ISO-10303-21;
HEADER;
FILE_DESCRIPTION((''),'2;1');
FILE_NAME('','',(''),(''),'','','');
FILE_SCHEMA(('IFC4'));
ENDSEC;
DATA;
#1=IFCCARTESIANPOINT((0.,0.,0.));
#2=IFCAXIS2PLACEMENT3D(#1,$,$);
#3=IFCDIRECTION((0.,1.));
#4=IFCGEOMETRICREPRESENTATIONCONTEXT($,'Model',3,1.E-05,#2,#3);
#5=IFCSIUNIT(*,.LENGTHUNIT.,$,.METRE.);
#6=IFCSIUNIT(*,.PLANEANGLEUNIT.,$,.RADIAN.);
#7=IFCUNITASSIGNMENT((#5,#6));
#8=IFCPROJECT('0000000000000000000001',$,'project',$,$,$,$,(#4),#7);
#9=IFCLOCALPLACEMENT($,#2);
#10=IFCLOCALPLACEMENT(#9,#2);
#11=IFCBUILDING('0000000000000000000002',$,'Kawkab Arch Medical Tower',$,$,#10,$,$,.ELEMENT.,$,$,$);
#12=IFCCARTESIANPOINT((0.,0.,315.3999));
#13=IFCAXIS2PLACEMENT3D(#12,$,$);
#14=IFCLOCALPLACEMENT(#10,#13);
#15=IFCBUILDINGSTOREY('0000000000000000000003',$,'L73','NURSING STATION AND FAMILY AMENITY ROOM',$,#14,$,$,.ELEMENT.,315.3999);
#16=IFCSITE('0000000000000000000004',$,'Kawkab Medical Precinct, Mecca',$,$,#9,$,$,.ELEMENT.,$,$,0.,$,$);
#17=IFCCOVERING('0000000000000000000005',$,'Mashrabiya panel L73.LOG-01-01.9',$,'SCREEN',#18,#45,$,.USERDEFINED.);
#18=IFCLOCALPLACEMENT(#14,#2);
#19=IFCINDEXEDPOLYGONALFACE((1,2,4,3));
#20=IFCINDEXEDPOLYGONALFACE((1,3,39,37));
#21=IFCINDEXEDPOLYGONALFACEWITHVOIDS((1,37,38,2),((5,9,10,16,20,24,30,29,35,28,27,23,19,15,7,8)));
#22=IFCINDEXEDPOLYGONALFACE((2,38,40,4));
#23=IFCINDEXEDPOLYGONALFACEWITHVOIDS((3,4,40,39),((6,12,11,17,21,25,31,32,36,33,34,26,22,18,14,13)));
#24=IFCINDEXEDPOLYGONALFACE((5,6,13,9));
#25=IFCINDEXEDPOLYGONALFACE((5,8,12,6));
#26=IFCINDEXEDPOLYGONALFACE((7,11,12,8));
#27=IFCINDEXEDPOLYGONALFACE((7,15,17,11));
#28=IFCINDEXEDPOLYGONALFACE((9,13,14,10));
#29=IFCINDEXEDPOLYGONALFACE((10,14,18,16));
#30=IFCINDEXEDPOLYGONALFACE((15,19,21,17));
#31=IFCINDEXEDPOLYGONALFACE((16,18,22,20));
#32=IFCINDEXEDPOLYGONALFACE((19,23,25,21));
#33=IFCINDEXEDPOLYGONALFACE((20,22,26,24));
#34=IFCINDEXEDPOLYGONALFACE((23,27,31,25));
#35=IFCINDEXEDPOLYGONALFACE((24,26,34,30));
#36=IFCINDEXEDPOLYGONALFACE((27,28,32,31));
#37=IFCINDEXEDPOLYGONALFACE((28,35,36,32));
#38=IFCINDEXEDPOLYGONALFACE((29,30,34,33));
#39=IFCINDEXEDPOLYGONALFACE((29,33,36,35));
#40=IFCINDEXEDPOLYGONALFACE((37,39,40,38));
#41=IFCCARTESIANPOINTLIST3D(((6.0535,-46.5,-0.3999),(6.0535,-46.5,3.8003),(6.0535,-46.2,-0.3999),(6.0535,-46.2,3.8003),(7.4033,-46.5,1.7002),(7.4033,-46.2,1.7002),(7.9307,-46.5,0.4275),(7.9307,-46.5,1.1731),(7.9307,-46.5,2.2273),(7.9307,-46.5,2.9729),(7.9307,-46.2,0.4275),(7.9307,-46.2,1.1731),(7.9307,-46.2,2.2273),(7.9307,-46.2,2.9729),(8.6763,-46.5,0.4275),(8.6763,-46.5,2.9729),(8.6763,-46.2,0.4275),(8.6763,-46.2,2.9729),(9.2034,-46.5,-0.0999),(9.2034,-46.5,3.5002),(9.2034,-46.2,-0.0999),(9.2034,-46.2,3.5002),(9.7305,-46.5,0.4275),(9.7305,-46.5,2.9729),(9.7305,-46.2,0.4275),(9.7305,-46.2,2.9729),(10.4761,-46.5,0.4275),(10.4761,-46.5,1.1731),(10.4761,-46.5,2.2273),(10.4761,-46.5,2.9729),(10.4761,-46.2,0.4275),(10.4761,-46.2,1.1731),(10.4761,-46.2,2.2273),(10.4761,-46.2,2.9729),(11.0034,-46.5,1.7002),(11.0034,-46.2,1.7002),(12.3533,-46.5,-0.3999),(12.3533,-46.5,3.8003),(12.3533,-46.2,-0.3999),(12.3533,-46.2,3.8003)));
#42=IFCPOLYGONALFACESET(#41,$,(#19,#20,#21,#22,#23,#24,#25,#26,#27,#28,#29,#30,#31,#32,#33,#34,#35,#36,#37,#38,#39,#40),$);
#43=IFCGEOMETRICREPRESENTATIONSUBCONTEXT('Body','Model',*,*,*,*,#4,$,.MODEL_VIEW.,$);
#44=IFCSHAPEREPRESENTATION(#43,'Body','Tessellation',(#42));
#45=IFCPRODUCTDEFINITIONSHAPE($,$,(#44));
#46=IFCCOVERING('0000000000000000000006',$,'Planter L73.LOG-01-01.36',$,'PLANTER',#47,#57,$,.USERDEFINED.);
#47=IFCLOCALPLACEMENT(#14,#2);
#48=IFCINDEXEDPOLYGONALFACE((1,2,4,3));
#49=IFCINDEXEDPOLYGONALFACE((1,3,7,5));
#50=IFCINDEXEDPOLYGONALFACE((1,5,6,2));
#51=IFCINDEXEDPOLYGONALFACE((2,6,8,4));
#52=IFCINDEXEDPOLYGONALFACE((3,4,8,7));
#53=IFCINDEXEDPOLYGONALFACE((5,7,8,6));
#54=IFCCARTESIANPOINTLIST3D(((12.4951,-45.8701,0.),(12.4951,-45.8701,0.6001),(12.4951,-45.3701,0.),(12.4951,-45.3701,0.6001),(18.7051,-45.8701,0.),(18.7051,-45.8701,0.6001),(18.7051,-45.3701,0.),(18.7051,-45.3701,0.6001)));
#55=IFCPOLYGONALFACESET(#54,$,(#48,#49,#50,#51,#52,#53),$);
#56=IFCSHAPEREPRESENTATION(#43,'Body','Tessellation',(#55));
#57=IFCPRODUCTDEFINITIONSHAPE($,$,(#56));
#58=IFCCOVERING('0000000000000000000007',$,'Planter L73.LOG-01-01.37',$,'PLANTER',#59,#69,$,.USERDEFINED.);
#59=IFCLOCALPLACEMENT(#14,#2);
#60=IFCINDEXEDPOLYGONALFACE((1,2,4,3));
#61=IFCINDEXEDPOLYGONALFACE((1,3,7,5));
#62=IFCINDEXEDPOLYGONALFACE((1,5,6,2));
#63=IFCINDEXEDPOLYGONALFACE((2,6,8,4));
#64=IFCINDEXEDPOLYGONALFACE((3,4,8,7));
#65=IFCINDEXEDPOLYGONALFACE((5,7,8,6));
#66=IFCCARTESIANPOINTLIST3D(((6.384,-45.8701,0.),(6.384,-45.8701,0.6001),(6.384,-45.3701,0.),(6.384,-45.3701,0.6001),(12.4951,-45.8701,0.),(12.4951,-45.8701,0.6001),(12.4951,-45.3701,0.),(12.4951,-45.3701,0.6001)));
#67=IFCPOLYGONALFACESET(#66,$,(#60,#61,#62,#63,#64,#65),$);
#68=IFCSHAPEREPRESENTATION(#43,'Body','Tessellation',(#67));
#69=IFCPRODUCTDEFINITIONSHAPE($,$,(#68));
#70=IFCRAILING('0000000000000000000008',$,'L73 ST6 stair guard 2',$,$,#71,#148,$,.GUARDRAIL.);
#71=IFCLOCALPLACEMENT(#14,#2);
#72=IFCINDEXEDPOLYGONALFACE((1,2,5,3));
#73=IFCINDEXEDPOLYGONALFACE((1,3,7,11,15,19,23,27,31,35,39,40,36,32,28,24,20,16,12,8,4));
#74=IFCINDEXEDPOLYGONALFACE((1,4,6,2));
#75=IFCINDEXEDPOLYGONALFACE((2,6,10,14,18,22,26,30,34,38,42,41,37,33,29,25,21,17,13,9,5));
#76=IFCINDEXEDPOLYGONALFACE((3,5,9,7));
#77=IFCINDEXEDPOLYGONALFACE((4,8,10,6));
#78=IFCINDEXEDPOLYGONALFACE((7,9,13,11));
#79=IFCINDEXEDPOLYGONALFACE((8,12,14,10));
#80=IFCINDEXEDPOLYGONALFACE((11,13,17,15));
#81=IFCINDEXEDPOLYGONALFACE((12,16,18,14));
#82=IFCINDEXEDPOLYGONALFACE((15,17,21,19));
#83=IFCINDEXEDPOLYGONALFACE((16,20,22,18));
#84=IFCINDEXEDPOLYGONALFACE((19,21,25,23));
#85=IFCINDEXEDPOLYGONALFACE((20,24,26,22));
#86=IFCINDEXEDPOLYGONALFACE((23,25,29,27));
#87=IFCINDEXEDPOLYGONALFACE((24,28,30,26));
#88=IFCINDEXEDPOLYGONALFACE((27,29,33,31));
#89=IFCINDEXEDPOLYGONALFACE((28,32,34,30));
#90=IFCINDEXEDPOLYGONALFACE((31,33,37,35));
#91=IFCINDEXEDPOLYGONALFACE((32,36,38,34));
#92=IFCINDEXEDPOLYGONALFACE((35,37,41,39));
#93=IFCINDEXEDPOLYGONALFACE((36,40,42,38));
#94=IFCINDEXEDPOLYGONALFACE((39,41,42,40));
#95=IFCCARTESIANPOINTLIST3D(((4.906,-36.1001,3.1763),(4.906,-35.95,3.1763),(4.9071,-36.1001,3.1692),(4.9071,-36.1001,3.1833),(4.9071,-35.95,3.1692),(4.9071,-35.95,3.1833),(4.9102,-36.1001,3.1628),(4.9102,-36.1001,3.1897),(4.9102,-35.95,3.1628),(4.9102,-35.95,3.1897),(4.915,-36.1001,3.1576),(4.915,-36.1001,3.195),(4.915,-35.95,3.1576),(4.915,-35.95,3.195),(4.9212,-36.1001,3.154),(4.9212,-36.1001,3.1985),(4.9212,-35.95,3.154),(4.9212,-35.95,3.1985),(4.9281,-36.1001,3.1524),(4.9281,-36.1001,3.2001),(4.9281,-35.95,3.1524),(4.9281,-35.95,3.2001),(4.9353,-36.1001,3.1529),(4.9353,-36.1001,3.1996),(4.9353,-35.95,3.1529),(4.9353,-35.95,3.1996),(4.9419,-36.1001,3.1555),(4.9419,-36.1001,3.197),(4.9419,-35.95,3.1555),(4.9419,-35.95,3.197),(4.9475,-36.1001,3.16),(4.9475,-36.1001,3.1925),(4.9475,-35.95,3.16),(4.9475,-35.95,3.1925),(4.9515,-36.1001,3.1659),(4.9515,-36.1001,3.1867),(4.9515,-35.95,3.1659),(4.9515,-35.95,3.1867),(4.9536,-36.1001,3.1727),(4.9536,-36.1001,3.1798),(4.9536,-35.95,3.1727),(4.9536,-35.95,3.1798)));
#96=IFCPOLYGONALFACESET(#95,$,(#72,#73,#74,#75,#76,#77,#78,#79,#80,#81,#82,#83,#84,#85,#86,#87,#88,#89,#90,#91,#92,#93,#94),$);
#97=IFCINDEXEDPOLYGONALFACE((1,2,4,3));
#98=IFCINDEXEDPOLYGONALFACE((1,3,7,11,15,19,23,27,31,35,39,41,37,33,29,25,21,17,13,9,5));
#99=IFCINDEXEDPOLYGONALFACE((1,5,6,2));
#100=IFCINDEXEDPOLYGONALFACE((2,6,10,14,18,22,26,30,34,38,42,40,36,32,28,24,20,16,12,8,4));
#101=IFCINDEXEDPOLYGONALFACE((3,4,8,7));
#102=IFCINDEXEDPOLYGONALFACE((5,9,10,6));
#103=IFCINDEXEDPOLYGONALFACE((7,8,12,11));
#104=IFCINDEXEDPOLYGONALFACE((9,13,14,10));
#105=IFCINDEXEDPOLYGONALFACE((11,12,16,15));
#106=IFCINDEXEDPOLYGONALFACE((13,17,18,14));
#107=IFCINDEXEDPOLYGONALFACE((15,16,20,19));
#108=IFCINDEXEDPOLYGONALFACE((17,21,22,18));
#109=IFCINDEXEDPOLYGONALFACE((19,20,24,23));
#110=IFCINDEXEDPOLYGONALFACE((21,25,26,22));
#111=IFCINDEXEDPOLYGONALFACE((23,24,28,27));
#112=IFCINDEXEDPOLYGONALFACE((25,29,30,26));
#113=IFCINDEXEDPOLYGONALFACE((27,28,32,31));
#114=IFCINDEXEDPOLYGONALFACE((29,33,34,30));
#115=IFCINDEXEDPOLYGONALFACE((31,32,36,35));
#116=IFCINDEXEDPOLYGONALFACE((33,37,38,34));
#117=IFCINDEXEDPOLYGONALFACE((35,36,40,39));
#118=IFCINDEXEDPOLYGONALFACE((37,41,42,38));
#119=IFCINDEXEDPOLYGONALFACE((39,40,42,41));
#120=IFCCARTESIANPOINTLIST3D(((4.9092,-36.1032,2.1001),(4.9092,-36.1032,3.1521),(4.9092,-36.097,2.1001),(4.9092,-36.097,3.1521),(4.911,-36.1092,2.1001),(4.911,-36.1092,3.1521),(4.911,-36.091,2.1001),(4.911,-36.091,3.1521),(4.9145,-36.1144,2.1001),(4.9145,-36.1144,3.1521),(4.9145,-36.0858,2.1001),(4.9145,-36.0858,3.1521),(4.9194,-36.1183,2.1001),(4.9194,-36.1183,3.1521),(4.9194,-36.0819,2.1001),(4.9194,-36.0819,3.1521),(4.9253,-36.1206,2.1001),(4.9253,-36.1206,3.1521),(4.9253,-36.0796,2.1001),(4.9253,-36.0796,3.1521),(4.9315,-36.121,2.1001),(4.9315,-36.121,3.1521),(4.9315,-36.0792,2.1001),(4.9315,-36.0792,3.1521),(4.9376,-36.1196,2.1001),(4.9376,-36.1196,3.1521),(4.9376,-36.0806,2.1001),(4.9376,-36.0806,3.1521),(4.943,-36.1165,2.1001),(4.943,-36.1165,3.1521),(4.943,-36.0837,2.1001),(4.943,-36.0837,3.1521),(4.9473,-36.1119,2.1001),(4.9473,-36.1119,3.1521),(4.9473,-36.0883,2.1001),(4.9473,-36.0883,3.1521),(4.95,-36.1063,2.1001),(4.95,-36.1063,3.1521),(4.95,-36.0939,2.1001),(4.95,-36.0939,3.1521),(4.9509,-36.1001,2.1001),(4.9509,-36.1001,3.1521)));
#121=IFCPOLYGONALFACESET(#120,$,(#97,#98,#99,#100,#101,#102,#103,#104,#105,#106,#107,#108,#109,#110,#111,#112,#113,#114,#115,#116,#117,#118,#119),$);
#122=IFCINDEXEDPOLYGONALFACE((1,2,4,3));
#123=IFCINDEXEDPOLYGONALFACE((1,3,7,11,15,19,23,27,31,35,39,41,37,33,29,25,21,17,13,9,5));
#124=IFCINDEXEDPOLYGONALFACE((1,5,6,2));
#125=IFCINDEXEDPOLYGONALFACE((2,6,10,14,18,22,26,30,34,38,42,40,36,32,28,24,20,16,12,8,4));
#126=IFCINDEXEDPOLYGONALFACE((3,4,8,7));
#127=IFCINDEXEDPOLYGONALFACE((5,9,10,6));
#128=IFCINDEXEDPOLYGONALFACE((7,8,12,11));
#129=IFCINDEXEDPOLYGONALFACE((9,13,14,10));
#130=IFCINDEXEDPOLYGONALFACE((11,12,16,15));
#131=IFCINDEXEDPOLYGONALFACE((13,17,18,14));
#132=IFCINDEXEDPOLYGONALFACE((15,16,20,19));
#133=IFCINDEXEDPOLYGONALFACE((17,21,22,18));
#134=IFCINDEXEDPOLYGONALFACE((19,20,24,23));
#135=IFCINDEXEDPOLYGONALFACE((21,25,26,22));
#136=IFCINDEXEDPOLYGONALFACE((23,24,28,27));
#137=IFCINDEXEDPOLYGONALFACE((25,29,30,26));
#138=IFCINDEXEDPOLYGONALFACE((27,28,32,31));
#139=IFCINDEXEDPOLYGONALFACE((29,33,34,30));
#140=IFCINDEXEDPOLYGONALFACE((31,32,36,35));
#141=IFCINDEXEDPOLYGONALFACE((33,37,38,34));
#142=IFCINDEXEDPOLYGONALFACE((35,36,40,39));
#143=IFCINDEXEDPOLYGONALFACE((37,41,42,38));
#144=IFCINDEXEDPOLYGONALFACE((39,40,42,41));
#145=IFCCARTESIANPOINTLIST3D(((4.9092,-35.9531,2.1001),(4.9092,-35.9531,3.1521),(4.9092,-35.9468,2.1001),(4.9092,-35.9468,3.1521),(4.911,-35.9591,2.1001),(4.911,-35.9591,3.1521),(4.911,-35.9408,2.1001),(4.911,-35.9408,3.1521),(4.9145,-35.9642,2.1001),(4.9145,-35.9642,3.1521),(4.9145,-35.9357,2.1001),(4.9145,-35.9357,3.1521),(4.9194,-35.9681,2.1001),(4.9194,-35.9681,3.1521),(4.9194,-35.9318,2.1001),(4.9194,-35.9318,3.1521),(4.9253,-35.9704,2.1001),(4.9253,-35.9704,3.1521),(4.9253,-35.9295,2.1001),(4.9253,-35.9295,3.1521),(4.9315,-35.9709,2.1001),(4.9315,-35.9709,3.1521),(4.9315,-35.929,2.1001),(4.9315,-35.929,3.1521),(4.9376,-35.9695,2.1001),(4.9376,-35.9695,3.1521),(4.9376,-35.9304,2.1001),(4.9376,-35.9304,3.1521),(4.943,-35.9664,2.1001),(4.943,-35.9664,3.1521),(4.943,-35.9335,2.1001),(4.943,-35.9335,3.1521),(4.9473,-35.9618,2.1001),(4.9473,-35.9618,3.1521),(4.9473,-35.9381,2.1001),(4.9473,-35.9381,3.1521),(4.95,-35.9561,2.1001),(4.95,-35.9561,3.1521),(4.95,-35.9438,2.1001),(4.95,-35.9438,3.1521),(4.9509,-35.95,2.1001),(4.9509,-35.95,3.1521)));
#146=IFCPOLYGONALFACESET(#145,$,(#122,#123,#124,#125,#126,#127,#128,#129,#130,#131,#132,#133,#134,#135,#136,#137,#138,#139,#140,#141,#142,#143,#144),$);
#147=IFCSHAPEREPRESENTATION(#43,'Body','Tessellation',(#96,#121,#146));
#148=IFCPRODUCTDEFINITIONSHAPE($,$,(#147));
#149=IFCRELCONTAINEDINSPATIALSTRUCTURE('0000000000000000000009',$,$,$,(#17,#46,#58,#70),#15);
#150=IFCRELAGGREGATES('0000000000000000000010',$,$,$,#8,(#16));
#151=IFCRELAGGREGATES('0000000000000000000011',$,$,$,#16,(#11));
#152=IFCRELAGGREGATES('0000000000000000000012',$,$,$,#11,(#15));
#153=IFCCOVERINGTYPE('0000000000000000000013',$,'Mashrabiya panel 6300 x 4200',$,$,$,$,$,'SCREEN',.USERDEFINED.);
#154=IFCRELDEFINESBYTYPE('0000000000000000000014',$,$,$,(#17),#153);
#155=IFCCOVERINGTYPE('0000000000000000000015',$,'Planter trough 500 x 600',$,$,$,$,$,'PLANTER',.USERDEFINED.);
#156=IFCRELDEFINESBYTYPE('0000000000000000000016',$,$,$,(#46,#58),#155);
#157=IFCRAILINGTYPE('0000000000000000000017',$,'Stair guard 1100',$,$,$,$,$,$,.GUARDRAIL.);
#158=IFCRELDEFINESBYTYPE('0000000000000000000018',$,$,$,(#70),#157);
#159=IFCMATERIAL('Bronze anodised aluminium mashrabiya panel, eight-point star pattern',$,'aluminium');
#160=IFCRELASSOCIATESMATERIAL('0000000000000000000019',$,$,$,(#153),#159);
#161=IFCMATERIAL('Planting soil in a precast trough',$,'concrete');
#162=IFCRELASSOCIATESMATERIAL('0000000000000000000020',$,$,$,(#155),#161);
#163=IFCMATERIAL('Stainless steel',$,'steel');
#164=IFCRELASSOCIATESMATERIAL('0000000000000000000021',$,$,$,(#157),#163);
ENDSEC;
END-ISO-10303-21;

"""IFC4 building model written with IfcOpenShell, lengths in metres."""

from ifc_helpers import new_model, si_unit, direction, frame, origin, origin_2d, place, context, subcontext, project, spatial, polyline, rectangle, circle, outline, extrude, material, material_profile, profile_set, type_object, element, save


model = new_model("IFC4")

# Units and contexts
model_context = context("Model", 3, precision=1e-05, world=origin(), true_north=direction((0.0, 1.0)))
body_context = subcontext(model_context, "Body", "Model", "MODEL_VIEW")
ifc_project = project(units=[si_unit("LENGTHUNIT", "METRE"), si_unit("PLANEANGLEUNIT", "RADIAN")], contexts=[model_context])

# Site, building, storey
site_placement = place(None, origin())
site = spatial("IfcSite", under=ifc_project, at=site_placement, Name="Kawkab Medical Precinct, Mecca", CompositionType="ELEMENT", RefElevation=0.0)
building_placement = place(site_placement, origin())
building = spatial("IfcBuilding", under=site, at=building_placement, Name="Kawkab Arch Medical Tower", CompositionType="ELEMENT")
storey_placement = place(building_placement, frame((0.0, 0.0, 315.3999)))
storey = spatial("IfcBuildingStorey", under=building, at=storey_placement, Name="L73", Description="NURSING STATION AND FAMILY AMENITY ROOM", CompositionType="ELEMENT", Elevation=315.3999)

# Coverings
ifc_material_1 = material(Name="Bronze anodised aluminium mashrabiya panel, eight-point star pattern", Category="aluminium")
ifc_material_profile_1 = material_profile(ifc_material_1, outline(polyline([(-3.1499, -2.1001), (3.1499, -2.1001), (3.1499, 2.1001), (-3.1499, 2.1001), (-3.1499, -2.1001)]), holes=[polyline([(1.8, 0.0), (1.2727, 0.5271), (1.2727, 1.2727), (0.5271, 1.2727), (0.0, 1.8), (-0.5271, 1.2727), (-1.2727, 1.2727), (-1.2727, 0.5271), (-1.8, 0.0), (-1.2727, -0.5271), (-1.2727, -1.2727), (-0.5271, -1.2727), (0.0, -1.8), (0.5271, -1.2727), (1.2727, -1.2727), (1.2727, -0.5271), (1.8, 0.0)])]), Name="Mashrabiya panel 6300x4200")
ifc_profile_set_1 = profile_set([ifc_material_profile_1], Name="Bronze anodised aluminium mashrabiya panel, eight-point star pattern")
covering_type_1 = type_object("IfcCoveringType", Name="Mashrabiya panel 6300 x 4200", ElementType="SCREEN", PredefinedType="USERDEFINED", material=ifc_profile_set_1)
covering_1_placement = place(storey_placement, frame((9.2034, -46.2, 1.7002), z_axis=(0.0, -1.0, 0.0), x_axis=(1.0, 0.0, 0.0)))
element("IfcCovering", 1, at=covering_1_placement, inside=storey, type_object=covering_type_1, Name="Mashrabiya panel L73.LOG-01-01.9", ObjectType="SCREEN", PredefinedType="USERDEFINED", context=body_context, shape_type="SweptSolid", body=[
    extrude(outline(polyline([(-3.1499, -2.1001), (3.1499, -2.1001), (3.1499, 2.1001), (-3.1499, 2.1001), (-3.1499, -2.1001)]), holes=[polyline([(1.8, 0.0), (1.2727, 0.5271), (1.2727, 1.2727), (0.5271, 1.2727), (0.0, 1.8), (-0.5271, 1.2727), (-1.2727, 1.2727), (-1.2727, 0.5271), (-1.8, 0.0), (-1.2727, -0.5271), (-1.2727, -1.2727), (-0.5271, -1.2727), (0.0, -1.8), (0.5271, -1.2727), (1.2727, -1.2727), (1.2727, -0.5271), (1.8, 0.0)])]), origin(), (0.0, 0.0, 1.0), 0.3),
])
ifc_material_2 = material(Name="Planting soil in a precast trough", Category="concrete")
ifc_material_profile_2 = material_profile(ifc_material_2, rectangle(XDim=0.5, YDim=0.6001, at=origin_2d()), Name="Trough 500x600")
ifc_profile_set_2 = profile_set([ifc_material_profile_2], Name="Planting soil in a precast trough")
covering_type_2 = type_object("IfcCoveringType", Name="Planter trough 500 x 600", ElementType="PLANTER", PredefinedType="USERDEFINED", material=ifc_profile_set_2)
covering_2_placement = place(storey_placement, frame((18.7051, -45.6201, 0.3), z_axis=(-1.0, 0.0, 0.0), x_axis=(0.0, -1.0, 0.0)))
element("IfcCovering", 2, at=covering_2_placement, inside=storey, type_object=covering_type_2, Name="Planter L73.LOG-01-01.36", ObjectType="PLANTER", PredefinedType="USERDEFINED", context=body_context, shape_type="SweptSolid", body=[
    extrude(rectangle(XDim=0.5, YDim=0.6001, at=origin_2d()), origin(), (0.0, 0.0, 1.0), 6.21),
])
covering_3_placement = place(storey_placement, frame((12.4951, -45.6201, 0.3), z_axis=(-1.0, 0.0, 0.0), x_axis=(0.0, -1.0, 0.0)))
element("IfcCovering", 3, at=covering_3_placement, inside=storey, type_object=covering_type_2, Name="Planter L73.LOG-01-01.37", ObjectType="PLANTER", PredefinedType="USERDEFINED", context=body_context, shape_type="SweptSolid", body=[
    extrude(rectangle(XDim=0.5, YDim=0.6001, at=origin_2d()), origin(), (0.0, 0.0, 1.0), 6.1111),
])

# Railing
ifc_material_3 = material(Name="Stainless steel", Category="steel")
railing_type_1 = type_object("IfcRailingType", Name="Stair guard 1100", PredefinedType="GUARDRAIL", material=ifc_material_3)
railing_1_placement = place(storey_placement, frame((4.9299, -36.1001, 2.1001)))
element("IfcRailing", 4, at=railing_1_placement, inside=storey, type_object=railing_type_1, Name="L73 ST6 stair guard 2", PredefinedType="GUARDRAIL", context=body_context, shape_type="SweptSolid", body=[
    extrude(circle(Radius=0.0239, at=origin_2d()), frame((0.0, 0.0, 1.0762), z_axis=(0.0, 1.0, 0.0), x_axis=(-1.0, 0.0, 0.0)), (0.0, 0.0, 1.0), 0.1501),
    extrude(circle(Radius=0.021, at=origin_2d()), origin(), (0.0, 0.0, 1.0), 1.052),
    extrude(circle(Radius=0.021, at=origin_2d()), frame((0.0, 0.1501, 0.0)), (0.0, 0.0, 1.0), 1.052),
])

save(model, "model.ifc")
